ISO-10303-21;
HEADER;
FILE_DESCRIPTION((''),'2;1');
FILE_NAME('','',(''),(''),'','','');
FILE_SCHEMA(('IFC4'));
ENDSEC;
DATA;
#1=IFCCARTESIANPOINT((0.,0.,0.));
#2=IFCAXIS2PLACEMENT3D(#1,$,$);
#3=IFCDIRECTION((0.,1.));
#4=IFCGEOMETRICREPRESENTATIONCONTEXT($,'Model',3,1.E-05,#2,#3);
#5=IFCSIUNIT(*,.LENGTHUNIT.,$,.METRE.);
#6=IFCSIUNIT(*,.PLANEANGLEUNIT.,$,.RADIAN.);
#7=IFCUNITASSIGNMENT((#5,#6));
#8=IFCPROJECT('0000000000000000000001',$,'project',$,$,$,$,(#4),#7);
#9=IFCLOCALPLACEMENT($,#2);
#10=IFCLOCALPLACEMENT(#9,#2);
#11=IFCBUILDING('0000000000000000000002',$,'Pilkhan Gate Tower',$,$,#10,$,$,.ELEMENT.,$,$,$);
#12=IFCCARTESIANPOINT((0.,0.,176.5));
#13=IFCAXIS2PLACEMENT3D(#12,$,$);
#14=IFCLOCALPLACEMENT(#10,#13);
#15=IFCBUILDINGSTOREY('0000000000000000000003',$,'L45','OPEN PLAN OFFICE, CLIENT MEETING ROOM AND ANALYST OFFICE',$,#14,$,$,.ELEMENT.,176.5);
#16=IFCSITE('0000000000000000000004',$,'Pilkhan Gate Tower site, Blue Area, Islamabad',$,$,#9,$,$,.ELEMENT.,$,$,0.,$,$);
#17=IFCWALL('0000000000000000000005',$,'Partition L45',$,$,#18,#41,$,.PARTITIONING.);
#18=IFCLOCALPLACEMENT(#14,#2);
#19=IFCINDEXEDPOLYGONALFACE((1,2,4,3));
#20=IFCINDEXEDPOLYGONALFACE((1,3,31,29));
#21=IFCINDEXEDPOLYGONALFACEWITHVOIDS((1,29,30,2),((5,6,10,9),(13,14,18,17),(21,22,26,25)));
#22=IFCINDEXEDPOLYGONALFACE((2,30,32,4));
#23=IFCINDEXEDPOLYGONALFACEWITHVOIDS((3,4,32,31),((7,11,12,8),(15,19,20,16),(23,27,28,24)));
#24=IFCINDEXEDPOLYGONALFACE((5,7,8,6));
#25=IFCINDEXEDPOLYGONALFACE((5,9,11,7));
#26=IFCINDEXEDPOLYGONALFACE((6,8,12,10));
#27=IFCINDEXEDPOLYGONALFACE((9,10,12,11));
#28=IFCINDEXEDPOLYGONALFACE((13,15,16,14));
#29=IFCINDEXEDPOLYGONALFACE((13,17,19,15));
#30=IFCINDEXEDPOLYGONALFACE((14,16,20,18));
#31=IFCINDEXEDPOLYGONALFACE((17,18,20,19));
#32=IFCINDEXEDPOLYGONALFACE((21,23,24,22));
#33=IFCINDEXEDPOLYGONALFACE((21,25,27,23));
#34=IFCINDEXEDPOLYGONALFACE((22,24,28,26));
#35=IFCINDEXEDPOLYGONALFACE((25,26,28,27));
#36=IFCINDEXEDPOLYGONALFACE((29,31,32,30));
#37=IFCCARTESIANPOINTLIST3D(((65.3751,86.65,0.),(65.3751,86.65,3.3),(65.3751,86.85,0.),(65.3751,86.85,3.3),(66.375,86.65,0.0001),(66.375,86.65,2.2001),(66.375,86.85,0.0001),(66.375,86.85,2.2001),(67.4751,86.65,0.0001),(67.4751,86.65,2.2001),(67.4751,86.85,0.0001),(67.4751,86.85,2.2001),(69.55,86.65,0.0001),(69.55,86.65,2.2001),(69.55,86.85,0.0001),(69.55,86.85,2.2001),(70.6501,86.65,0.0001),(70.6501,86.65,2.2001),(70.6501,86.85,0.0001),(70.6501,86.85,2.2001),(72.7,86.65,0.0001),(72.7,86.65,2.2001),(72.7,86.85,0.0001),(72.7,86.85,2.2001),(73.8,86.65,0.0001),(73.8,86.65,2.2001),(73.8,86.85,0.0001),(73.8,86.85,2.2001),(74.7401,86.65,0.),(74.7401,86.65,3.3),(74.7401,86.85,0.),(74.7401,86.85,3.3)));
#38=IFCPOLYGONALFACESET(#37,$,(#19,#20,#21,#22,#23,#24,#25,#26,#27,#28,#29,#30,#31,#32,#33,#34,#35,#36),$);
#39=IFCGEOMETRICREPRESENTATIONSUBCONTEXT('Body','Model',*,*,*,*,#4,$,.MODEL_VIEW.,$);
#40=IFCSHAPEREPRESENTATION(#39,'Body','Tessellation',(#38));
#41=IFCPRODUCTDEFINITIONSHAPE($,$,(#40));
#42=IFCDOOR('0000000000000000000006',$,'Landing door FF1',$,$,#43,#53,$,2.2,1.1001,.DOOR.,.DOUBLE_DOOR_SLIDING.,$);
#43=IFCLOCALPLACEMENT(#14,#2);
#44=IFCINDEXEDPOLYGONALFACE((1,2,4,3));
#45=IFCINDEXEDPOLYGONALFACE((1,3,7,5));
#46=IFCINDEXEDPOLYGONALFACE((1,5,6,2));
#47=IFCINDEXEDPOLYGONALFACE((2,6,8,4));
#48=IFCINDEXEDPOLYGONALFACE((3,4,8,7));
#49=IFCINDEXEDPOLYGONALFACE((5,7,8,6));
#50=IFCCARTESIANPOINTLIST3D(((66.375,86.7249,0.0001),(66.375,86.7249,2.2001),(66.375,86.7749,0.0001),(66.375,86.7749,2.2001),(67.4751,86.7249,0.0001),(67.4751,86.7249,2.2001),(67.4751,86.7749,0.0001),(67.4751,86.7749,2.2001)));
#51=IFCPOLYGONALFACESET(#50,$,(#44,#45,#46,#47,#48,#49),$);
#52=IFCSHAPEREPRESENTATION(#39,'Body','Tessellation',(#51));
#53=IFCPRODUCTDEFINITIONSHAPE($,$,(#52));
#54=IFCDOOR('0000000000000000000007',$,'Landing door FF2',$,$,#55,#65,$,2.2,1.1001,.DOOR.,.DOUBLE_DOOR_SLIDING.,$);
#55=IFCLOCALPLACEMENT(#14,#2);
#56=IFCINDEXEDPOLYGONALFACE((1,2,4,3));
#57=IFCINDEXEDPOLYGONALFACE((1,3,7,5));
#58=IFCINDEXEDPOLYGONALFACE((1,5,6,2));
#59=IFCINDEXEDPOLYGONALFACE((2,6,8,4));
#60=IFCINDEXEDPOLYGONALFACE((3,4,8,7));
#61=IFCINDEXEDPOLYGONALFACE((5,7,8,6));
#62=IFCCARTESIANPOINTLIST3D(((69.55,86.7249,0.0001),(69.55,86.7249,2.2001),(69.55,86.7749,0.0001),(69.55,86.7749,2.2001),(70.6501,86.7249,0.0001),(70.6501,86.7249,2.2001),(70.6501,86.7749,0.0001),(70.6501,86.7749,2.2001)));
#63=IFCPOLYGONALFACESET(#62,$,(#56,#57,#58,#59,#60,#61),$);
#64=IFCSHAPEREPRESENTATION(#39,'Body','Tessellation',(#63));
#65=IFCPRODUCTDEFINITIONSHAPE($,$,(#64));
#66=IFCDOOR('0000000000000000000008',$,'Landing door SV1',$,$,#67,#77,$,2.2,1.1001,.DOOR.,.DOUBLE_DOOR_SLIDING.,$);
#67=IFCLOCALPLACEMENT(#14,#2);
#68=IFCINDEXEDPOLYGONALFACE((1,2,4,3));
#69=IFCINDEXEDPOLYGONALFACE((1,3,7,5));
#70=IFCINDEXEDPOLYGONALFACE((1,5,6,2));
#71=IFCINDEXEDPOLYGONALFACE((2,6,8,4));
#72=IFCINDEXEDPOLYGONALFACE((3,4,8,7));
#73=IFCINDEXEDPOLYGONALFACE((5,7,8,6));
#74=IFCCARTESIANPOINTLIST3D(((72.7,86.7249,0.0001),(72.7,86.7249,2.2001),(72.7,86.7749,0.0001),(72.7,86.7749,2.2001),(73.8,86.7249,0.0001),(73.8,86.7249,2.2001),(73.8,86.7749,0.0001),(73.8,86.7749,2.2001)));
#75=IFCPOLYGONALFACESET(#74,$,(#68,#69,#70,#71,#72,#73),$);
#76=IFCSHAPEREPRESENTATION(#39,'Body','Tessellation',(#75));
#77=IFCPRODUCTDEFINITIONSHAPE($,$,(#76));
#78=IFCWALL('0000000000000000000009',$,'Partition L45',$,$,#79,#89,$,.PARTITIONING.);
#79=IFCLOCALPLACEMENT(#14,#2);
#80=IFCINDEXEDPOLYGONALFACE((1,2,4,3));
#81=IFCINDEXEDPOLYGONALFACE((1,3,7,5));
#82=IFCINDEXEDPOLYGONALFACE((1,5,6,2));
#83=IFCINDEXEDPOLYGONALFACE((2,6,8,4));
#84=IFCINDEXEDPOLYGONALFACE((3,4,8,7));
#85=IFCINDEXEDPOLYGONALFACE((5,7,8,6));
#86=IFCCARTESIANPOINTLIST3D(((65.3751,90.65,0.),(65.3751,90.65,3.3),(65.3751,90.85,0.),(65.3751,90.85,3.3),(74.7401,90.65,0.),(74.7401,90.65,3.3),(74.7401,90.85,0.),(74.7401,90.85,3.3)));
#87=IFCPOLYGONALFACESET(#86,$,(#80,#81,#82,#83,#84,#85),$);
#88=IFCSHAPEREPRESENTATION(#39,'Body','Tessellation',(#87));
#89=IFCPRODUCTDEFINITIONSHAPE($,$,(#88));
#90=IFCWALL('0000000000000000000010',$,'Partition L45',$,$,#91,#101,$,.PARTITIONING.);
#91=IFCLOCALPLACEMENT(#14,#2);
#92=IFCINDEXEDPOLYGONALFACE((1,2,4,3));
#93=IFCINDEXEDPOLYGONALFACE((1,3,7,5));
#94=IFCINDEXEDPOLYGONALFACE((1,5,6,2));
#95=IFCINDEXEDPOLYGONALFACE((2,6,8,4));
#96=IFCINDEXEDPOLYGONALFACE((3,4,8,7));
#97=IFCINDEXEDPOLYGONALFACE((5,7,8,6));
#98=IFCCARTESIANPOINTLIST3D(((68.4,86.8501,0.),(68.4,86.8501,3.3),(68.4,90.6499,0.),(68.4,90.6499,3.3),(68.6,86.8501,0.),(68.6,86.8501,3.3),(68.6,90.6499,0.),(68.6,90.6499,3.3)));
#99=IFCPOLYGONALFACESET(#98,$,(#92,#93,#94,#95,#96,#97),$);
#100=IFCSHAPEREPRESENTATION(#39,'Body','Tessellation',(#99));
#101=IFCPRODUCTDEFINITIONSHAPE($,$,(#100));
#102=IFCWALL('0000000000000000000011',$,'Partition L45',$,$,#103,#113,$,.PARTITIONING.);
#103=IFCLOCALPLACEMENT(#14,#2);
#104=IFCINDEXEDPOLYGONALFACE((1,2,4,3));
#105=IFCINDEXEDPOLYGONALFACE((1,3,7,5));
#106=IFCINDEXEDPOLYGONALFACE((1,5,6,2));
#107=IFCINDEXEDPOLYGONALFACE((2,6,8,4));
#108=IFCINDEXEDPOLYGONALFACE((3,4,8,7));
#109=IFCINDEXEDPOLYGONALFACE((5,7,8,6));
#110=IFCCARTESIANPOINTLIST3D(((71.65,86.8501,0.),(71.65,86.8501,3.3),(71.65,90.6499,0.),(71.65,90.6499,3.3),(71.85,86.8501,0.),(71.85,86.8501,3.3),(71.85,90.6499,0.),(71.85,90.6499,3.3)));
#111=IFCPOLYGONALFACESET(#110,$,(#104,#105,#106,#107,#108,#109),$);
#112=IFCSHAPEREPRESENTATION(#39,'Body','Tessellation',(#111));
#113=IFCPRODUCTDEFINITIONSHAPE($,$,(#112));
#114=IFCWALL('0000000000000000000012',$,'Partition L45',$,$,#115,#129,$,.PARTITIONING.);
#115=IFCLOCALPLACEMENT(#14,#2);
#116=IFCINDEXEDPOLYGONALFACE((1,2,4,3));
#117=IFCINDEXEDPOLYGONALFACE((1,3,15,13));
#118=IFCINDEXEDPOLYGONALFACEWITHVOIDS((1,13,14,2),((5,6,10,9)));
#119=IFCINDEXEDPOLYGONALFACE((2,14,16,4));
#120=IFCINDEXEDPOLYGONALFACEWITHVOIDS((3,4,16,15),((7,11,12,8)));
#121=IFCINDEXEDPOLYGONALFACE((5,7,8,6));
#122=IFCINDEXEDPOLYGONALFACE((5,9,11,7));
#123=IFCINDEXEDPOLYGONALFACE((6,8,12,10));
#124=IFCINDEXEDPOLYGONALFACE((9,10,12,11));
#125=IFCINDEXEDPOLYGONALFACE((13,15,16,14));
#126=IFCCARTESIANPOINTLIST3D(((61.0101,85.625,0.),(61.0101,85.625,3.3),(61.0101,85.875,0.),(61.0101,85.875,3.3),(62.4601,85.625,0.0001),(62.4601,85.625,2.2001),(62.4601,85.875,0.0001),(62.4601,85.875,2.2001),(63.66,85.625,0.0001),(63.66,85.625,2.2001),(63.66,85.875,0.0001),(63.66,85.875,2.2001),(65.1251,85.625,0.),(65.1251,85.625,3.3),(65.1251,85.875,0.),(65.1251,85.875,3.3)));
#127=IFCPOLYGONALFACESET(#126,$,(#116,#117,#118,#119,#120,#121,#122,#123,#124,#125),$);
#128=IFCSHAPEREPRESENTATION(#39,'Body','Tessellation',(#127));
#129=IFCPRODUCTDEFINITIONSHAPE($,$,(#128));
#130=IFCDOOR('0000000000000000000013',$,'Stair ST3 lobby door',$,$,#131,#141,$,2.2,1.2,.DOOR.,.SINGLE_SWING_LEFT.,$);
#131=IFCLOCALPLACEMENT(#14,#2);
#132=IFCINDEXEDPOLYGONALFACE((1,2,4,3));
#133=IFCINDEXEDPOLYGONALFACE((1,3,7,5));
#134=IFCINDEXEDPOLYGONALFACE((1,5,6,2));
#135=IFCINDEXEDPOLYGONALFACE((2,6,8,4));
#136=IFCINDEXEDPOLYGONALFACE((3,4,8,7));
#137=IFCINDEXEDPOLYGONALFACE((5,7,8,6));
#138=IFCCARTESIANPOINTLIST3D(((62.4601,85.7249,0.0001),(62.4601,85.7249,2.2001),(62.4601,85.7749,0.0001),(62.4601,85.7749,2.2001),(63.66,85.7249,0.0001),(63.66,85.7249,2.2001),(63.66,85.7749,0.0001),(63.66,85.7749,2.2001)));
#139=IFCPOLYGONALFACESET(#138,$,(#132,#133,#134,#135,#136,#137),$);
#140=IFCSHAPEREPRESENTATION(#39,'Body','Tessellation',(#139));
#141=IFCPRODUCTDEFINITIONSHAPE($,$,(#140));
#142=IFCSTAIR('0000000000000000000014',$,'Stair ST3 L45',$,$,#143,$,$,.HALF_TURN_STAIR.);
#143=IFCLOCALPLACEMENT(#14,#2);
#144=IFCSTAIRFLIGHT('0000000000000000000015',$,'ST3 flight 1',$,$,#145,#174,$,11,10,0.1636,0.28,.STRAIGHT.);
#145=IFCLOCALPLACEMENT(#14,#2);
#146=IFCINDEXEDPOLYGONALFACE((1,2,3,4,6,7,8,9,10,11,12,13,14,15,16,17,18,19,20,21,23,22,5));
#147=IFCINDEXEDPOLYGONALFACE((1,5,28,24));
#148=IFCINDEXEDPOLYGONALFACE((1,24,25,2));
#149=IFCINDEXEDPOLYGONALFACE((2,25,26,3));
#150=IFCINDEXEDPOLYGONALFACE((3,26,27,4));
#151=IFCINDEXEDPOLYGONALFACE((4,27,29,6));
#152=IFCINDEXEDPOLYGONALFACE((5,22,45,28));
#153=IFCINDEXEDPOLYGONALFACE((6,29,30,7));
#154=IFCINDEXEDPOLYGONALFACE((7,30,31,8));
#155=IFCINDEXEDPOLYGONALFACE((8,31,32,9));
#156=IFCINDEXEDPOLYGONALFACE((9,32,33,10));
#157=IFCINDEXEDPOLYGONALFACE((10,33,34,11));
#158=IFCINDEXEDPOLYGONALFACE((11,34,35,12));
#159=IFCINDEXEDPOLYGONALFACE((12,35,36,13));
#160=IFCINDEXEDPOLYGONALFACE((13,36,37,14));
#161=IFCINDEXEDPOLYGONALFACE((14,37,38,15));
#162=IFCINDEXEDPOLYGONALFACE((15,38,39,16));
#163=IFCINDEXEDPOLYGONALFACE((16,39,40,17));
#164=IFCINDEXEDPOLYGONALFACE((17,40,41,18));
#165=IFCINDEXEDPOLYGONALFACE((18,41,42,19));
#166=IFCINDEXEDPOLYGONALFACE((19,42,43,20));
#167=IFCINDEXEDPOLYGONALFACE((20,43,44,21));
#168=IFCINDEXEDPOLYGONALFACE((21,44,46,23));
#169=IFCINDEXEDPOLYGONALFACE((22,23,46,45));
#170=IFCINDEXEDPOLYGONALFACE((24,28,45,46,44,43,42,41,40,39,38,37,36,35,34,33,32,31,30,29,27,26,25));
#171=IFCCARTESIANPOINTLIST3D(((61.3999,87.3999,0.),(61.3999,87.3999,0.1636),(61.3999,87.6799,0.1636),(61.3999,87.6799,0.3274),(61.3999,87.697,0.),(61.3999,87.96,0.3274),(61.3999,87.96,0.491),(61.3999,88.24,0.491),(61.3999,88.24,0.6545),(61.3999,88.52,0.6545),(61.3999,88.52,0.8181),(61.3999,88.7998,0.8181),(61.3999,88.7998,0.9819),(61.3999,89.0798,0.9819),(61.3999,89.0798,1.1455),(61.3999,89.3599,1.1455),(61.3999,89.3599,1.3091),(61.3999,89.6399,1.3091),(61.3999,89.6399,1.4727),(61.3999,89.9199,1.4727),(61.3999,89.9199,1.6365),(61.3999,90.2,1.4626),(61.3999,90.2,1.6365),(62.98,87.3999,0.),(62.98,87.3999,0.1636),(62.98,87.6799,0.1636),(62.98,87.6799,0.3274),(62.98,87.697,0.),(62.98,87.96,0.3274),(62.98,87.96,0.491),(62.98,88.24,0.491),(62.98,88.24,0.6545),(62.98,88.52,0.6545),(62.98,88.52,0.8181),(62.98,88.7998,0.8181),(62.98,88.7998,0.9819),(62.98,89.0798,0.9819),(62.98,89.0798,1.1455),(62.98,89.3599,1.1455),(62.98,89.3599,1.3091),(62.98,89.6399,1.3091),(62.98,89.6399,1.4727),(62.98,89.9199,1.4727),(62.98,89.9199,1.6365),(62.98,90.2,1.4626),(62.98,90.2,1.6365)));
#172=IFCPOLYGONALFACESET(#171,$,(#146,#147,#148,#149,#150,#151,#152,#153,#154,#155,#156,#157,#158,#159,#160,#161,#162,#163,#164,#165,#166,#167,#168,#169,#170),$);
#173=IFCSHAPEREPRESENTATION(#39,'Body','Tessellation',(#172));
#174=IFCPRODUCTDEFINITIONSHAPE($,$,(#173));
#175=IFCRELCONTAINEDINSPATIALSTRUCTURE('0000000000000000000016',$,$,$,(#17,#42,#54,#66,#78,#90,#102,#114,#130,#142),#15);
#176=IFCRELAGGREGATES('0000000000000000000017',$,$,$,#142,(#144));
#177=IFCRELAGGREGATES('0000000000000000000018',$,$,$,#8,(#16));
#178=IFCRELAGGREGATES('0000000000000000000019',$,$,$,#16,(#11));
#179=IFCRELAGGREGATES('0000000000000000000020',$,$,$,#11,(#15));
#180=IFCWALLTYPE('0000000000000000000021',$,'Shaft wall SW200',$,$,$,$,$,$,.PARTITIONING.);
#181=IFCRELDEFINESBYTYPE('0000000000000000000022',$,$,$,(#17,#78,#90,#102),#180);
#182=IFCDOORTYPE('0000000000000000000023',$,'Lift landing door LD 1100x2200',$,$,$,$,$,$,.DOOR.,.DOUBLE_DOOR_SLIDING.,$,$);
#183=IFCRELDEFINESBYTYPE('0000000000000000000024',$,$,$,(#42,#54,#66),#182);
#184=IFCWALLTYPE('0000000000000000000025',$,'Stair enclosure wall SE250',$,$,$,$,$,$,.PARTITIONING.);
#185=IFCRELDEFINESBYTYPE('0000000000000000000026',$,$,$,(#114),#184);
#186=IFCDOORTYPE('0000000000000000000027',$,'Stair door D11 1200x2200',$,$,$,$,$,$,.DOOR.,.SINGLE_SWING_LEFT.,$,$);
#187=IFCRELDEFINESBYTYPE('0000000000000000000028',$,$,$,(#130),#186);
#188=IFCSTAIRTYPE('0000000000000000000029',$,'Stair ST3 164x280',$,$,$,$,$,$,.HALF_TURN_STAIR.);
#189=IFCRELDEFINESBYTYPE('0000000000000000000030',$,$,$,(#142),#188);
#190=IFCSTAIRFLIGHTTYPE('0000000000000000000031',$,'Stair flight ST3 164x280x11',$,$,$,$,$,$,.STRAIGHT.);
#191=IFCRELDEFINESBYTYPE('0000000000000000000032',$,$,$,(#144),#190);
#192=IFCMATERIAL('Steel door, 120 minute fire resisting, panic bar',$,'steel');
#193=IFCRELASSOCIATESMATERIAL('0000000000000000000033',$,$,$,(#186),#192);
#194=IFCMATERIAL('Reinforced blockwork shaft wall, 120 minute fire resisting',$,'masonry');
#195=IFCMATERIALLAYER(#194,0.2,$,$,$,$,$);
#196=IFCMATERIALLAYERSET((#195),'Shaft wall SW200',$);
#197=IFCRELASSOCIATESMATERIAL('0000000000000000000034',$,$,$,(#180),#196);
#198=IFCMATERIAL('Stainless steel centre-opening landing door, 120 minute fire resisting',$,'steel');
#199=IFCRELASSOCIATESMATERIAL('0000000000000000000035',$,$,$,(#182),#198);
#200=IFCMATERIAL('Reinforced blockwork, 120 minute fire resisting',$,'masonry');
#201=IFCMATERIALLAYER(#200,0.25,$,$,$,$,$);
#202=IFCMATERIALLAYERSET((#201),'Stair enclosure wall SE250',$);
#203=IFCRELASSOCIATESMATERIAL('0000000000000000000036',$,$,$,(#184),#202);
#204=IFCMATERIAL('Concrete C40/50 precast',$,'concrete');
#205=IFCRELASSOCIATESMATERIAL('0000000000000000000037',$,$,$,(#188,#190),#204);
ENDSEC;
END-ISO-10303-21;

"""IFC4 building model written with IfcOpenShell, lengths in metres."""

from ifc_helpers import new_model, si_unit, direction, frame, frame_2d, origin, place, context, subcontext, project, spatial, polyline, rectangle, outline, extrude, material, layer, layer_set, type_object, element, fill, aggregate, save


model = new_model("IFC4")

# Units and contexts
model_context = context("Model", 3, precision=1e-05, world=origin(), true_north=direction((0.0, 1.0)))
body_context = subcontext(model_context, "Body", "Model", "MODEL_VIEW")
ifc_project = project(units=[si_unit("LENGTHUNIT", "METRE"), si_unit("PLANEANGLEUNIT", "RADIAN")], contexts=[model_context])

# Site, building, storey
site_placement = place(None, origin())
site = spatial("IfcSite", under=ifc_project, at=site_placement, Name="Pilkhan Gate Tower site, Blue Area, Islamabad", CompositionType="ELEMENT", RefElevation=0.0)
building_placement = place(site_placement, origin())
building = spatial("IfcBuilding", under=site, at=building_placement, Name="Pilkhan Gate Tower", CompositionType="ELEMENT")
storey_placement = place(building_placement, frame((0.0, 0.0, 176.5)))
storey = spatial("IfcBuildingStorey", under=building, at=storey_placement, Name="L45", Description="OPEN PLAN OFFICE, CLIENT MEETING ROOM AND ANALYST OFFICE", CompositionType="ELEMENT", Elevation=176.5)

# Wall, openings, doors
ifc_material_1 = material(Name="Steel door, 120 minute fire resisting, panic bar", Category="steel")
door_type_1 = type_object("IfcDoorType", Name="Stair door D11 1200x2200", OperationType="SINGLE_SWING_LEFT", PredefinedType="DOOR", material=ifc_material_1)
ifc_material_2 = material(Name="Reinforced blockwork shaft wall, 120 minute fire resisting", Category="masonry")
ifc_layer_1 = layer(ifc_material_2, 0.2)
ifc_layer_set_1 = layer_set([ifc_layer_1], Name="Shaft wall SW200")
wall_type_1 = type_object("IfcWallType", Name="Shaft wall SW200", PredefinedType="PARTITIONING", material=ifc_layer_set_1)
wall_1_placement = place(storey_placement, frame((65.375, 86.75, 0.0), z_axis=(0.0, 0.0, 1.0), x_axis=(1.0, 0.0, 0.0)))
wall_1 = element("IfcWall", 1, at=wall_1_placement, inside=storey, type_object=wall_type_1, Name="Partition L45", PredefinedType="PARTITIONING", context=body_context, shape_type="SweptSolid", body=[
    extrude(rectangle(XDim=9.365, YDim=0.2, at=frame_2d((4.6826, 0.0))), origin(), (0.0, 0.0, 1.0), 3.3),
])
opening_1_placement = place(wall_1_placement, frame((1.0, 0.0, 0.0)))
opening_1 = element("IfcOpeningElement", 2, at=opening_1_placement, cuts=wall_1, PredefinedType="OPENING", context=body_context, shape_type="SweptSolid", body=[
    extrude(rectangle(XDim=1.1001, YDim=2.2, at=frame_2d((0.55, 1.1001))), frame((0.0, 0.1099, 0.0), z_axis=(0.0, -1.0, 0.0), x_axis=(1.0, 0.0, 0.0)), (0.0, 0.0, 1.0), 0.22),
])
opening_2_placement = place(wall_1_placement, frame((4.175, 0.0, 0.0)))
opening_2 = element("IfcOpeningElement", 3, at=opening_2_placement, cuts=wall_1, PredefinedType="OPENING", context=body_context, shape_type="SweptSolid", body=[
    extrude(rectangle(XDim=1.1001, YDim=2.2, at=frame_2d((0.55, 1.1001))), frame((0.0, 0.1099, 0.0), z_axis=(0.0, -1.0, 0.0), x_axis=(1.0, 0.0, 0.0)), (0.0, 0.0, 1.0), 0.22),
])
opening_3_placement = place(wall_1_placement, frame((7.325, 0.0, 0.0)))
opening_3 = element("IfcOpeningElement", 4, at=opening_3_placement, cuts=wall_1, PredefinedType="OPENING", context=body_context, shape_type="SweptSolid", body=[
    extrude(rectangle(XDim=1.1001, YDim=2.2, at=frame_2d((0.55, 1.1001))), frame((0.0, 0.1099, 0.0), z_axis=(0.0, -1.0, 0.0), x_axis=(1.0, 0.0, 0.0)), (0.0, 0.0, 1.0), 0.22),
])
ifc_material_3 = material(Name="Stainless steel centre-opening landing door, 120 minute fire resisting", Category="steel")
door_type_2 = type_object("IfcDoorType", Name="Lift landing door LD 1100x2200", OperationType="DOUBLE_DOOR_SLIDING", PredefinedType="DOOR", material=ifc_material_3)
door_1_placement = place(opening_1_placement, origin())
door_1 = element("IfcDoor", 5, at=door_1_placement, inside=storey, type_object=door_type_2, Name="Landing door FF1", OperationType="DOUBLE_DOOR_SLIDING", OverallHeight=2.2, OverallWidth=1.1001, PredefinedType="DOOR", context=body_context, shape_type="SweptSolid", body=[
    extrude(rectangle(XDim=1.1001, YDim=2.2, at=frame_2d((0.55, 1.1001))), frame((0.0, 0.0249, 0.0), z_axis=(0.0, -1.0, 0.0), x_axis=(1.0, 0.0, 0.0)), (0.0, 0.0, 1.0), 0.05),
])
fill(opening_1, door_1)
door_2_placement = place(opening_2_placement, origin())
door_2 = element("IfcDoor", 6, at=door_2_placement, inside=storey, type_object=door_type_2, Name="Landing door FF2", OperationType="DOUBLE_DOOR_SLIDING", OverallHeight=2.2, OverallWidth=1.1001, PredefinedType="DOOR", context=body_context, shape_type="SweptSolid", body=[
    extrude(rectangle(XDim=1.1001, YDim=2.2, at=frame_2d((0.55, 1.1001))), frame((0.0, 0.0249, 0.0), z_axis=(0.0, -1.0, 0.0), x_axis=(1.0, 0.0, 0.0)), (0.0, 0.0, 1.0), 0.05),
])
fill(opening_2, door_2)
door_3_placement = place(opening_3_placement, origin())
door_3 = element("IfcDoor", 7, at=door_3_placement, inside=storey, type_object=door_type_2, Name="Landing door SV1", OperationType="DOUBLE_DOOR_SLIDING", OverallHeight=2.2, OverallWidth=1.1001, PredefinedType="DOOR", context=body_context, shape_type="SweptSolid", body=[
    extrude(rectangle(XDim=1.1001, YDim=2.2, at=frame_2d((0.55, 1.1001))), frame((0.0, 0.0249, 0.0), z_axis=(0.0, -1.0, 0.0), x_axis=(1.0, 0.0, 0.0)), (0.0, 0.0, 1.0), 0.05),
])
fill(opening_3, door_3)

# Walls
wall_2_placement = place(storey_placement, frame((65.375, 90.75, 0.0), z_axis=(0.0, 0.0, 1.0), x_axis=(1.0, 0.0, 0.0)))
element("IfcWall", 8, at=wall_2_placement, inside=storey, type_object=wall_type_1, Name="Partition L45", PredefinedType="PARTITIONING", context=body_context, shape_type="SweptSolid", body=[
    extrude(rectangle(XDim=9.365, YDim=0.2, at=frame_2d((4.6826, 0.0))), origin(), (0.0, 0.0, 1.0), 3.3),
])
for number, where, z_axis, x_axis, name in (
    (9, (68.5, 86.8501, 0.0), (0.0, 0.0, 1.0), (0.0, 1.0, 0.0), "Partition L45"),
    (10, (71.75, 86.8501, 0.0), (0.0, 0.0, 1.0), (0.0, 1.0, 0.0), "Partition L45"),
):
    element("IfcWall", number, at=place(storey_placement, frame(where, z_axis=z_axis, x_axis=x_axis)), inside=storey, type_object=wall_type_1, Name=name, PredefinedType="PARTITIONING", context=body_context, shape_type="SweptSolid", body=[
        extrude(rectangle(XDim=3.7998, YDim=0.2, at=frame_2d((1.8999, 0.0))), origin(), (0.0, 0.0, 1.0), 3.3),
    ])

# Wall, opening, door
ifc_material_4 = material(Name="Reinforced blockwork, 120 minute fire resisting", Category="masonry")
ifc_layer_2 = layer(ifc_material_4, 0.25)
ifc_layer_set_2 = layer_set([ifc_layer_2], Name="Stair enclosure wall SE250")
wall_type_2 = type_object("IfcWallType", Name="Stair enclosure wall SE250", PredefinedType="PARTITIONING", material=ifc_layer_set_2)
wall_3_placement = place(storey_placement, frame((61.01, 85.75, 0.0), z_axis=(0.0, 0.0, 1.0), x_axis=(1.0, 0.0, 0.0)))
wall_3 = element("IfcWall", 11, at=wall_3_placement, inside=storey, type_object=wall_type_2, Name="Partition L45", PredefinedType="PARTITIONING", context=body_context, shape_type="SweptSolid", body=[
    extrude(rectangle(XDim=4.115, YDim=0.25, at=frame_2d((2.0576, 0.0))), origin(), (0.0, 0.0, 1.0), 3.3),
])
opening_4_placement = place(wall_3_placement, frame((1.45, 0.0, 0.0)))
opening_4 = element("IfcOpeningElement", 12, at=opening_4_placement, cuts=wall_3, PredefinedType="OPENING", context=body_context, shape_type="SweptSolid", body=[
    extrude(rectangle(XDim=1.2, YDim=2.2, at=frame_2d((0.6001, 1.1001))), frame((0.0, 0.135, 0.0), z_axis=(0.0, -1.0, 0.0), x_axis=(1.0, 0.0, 0.0)), (0.0, 0.0, 1.0), 0.27),
])
door_4_placement = place(opening_4_placement, origin())
door_4 = element("IfcDoor", 13, at=door_4_placement, inside=storey, type_object=door_type_1, Name="Stair ST3 lobby door", OperationType="SINGLE_SWING_LEFT", OverallHeight=2.2, OverallWidth=1.2, PredefinedType="DOOR", context=body_context, shape_type="SweptSolid", body=[
    extrude(rectangle(XDim=1.2, YDim=2.2, at=frame_2d((0.6001, 1.1001))), frame((0.0, 0.0249, 0.0), z_axis=(0.0, -1.0, 0.0), x_axis=(1.0, 0.0, 0.0)), (0.0, 0.0, 1.0), 0.05),
])
fill(opening_4, door_4)

# Stair, stair flight
ifc_material_5 = material(Name="Concrete C40/50 precast", Category="concrete")
stair_type = type_object("IfcStairType", Name="Stair ST3 164x280", PredefinedType="HALF_TURN_STAIR", material=ifc_material_5)
stair_placement = place(storey_placement, origin())
stair = element("IfcStair", 14, at=stair_placement, inside=storey, type_object=stair_type, Name="Stair ST3 L45", PredefinedType="HALF_TURN_STAIR")
stair_flight_type = type_object("IfcStairFlightType", Name="Stair flight ST3 164x280x11", PredefinedType="STRAIGHT", material=ifc_material_5)
stair_flight_1_placement = place(storey_placement, frame((62.1899, 87.3999, 0.0), z_axis=(0.0, 0.0, 1.0), x_axis=(0.0, 1.0, 0.0)))
stair_flight_1 = element("IfcStairFlight", 15, at=stair_flight_1_placement, type_object=stair_flight_type, Name="ST3 flight 1", NumberOfRisers=11, NumberOfTreads=10, PredefinedType="STRAIGHT", RiserHeight=0.1636, TreadLength=0.28, context=body_context, shape_type="SweptSolid", body=[
    extrude(outline(polyline([(0.0, 0.0), (0.0, 0.1636), (0.28, 0.1636), (0.28, 0.3274), (0.5601, 0.3274), (0.5601, 0.491), (0.8401, 0.491), (0.8401, 0.6545), (1.1201, 0.6545), (1.1201, 0.8181), (1.3999, 0.8181), (1.3999, 0.9819), (1.6799, 0.9819), (1.6799, 1.1455), (1.96, 1.1455), (1.96, 1.3091), (2.24, 1.3091), (2.24, 1.4727), (2.52, 1.4727), (2.52, 1.6365), (2.8, 1.6365), (2.8, 1.8), (2.8, 1.4626), (0.2971, 0.0), (0.0, 0.0)])), frame((0.0, 0.79, 0.0), z_axis=(0.0, -1.0, 0.0), x_axis=(1.0, 0.0, 0.0)), (0.0, 0.0, 1.0), 1.5801),
])
aggregate(stair, [stair_flight_1])

save(model, "model.ifc")
